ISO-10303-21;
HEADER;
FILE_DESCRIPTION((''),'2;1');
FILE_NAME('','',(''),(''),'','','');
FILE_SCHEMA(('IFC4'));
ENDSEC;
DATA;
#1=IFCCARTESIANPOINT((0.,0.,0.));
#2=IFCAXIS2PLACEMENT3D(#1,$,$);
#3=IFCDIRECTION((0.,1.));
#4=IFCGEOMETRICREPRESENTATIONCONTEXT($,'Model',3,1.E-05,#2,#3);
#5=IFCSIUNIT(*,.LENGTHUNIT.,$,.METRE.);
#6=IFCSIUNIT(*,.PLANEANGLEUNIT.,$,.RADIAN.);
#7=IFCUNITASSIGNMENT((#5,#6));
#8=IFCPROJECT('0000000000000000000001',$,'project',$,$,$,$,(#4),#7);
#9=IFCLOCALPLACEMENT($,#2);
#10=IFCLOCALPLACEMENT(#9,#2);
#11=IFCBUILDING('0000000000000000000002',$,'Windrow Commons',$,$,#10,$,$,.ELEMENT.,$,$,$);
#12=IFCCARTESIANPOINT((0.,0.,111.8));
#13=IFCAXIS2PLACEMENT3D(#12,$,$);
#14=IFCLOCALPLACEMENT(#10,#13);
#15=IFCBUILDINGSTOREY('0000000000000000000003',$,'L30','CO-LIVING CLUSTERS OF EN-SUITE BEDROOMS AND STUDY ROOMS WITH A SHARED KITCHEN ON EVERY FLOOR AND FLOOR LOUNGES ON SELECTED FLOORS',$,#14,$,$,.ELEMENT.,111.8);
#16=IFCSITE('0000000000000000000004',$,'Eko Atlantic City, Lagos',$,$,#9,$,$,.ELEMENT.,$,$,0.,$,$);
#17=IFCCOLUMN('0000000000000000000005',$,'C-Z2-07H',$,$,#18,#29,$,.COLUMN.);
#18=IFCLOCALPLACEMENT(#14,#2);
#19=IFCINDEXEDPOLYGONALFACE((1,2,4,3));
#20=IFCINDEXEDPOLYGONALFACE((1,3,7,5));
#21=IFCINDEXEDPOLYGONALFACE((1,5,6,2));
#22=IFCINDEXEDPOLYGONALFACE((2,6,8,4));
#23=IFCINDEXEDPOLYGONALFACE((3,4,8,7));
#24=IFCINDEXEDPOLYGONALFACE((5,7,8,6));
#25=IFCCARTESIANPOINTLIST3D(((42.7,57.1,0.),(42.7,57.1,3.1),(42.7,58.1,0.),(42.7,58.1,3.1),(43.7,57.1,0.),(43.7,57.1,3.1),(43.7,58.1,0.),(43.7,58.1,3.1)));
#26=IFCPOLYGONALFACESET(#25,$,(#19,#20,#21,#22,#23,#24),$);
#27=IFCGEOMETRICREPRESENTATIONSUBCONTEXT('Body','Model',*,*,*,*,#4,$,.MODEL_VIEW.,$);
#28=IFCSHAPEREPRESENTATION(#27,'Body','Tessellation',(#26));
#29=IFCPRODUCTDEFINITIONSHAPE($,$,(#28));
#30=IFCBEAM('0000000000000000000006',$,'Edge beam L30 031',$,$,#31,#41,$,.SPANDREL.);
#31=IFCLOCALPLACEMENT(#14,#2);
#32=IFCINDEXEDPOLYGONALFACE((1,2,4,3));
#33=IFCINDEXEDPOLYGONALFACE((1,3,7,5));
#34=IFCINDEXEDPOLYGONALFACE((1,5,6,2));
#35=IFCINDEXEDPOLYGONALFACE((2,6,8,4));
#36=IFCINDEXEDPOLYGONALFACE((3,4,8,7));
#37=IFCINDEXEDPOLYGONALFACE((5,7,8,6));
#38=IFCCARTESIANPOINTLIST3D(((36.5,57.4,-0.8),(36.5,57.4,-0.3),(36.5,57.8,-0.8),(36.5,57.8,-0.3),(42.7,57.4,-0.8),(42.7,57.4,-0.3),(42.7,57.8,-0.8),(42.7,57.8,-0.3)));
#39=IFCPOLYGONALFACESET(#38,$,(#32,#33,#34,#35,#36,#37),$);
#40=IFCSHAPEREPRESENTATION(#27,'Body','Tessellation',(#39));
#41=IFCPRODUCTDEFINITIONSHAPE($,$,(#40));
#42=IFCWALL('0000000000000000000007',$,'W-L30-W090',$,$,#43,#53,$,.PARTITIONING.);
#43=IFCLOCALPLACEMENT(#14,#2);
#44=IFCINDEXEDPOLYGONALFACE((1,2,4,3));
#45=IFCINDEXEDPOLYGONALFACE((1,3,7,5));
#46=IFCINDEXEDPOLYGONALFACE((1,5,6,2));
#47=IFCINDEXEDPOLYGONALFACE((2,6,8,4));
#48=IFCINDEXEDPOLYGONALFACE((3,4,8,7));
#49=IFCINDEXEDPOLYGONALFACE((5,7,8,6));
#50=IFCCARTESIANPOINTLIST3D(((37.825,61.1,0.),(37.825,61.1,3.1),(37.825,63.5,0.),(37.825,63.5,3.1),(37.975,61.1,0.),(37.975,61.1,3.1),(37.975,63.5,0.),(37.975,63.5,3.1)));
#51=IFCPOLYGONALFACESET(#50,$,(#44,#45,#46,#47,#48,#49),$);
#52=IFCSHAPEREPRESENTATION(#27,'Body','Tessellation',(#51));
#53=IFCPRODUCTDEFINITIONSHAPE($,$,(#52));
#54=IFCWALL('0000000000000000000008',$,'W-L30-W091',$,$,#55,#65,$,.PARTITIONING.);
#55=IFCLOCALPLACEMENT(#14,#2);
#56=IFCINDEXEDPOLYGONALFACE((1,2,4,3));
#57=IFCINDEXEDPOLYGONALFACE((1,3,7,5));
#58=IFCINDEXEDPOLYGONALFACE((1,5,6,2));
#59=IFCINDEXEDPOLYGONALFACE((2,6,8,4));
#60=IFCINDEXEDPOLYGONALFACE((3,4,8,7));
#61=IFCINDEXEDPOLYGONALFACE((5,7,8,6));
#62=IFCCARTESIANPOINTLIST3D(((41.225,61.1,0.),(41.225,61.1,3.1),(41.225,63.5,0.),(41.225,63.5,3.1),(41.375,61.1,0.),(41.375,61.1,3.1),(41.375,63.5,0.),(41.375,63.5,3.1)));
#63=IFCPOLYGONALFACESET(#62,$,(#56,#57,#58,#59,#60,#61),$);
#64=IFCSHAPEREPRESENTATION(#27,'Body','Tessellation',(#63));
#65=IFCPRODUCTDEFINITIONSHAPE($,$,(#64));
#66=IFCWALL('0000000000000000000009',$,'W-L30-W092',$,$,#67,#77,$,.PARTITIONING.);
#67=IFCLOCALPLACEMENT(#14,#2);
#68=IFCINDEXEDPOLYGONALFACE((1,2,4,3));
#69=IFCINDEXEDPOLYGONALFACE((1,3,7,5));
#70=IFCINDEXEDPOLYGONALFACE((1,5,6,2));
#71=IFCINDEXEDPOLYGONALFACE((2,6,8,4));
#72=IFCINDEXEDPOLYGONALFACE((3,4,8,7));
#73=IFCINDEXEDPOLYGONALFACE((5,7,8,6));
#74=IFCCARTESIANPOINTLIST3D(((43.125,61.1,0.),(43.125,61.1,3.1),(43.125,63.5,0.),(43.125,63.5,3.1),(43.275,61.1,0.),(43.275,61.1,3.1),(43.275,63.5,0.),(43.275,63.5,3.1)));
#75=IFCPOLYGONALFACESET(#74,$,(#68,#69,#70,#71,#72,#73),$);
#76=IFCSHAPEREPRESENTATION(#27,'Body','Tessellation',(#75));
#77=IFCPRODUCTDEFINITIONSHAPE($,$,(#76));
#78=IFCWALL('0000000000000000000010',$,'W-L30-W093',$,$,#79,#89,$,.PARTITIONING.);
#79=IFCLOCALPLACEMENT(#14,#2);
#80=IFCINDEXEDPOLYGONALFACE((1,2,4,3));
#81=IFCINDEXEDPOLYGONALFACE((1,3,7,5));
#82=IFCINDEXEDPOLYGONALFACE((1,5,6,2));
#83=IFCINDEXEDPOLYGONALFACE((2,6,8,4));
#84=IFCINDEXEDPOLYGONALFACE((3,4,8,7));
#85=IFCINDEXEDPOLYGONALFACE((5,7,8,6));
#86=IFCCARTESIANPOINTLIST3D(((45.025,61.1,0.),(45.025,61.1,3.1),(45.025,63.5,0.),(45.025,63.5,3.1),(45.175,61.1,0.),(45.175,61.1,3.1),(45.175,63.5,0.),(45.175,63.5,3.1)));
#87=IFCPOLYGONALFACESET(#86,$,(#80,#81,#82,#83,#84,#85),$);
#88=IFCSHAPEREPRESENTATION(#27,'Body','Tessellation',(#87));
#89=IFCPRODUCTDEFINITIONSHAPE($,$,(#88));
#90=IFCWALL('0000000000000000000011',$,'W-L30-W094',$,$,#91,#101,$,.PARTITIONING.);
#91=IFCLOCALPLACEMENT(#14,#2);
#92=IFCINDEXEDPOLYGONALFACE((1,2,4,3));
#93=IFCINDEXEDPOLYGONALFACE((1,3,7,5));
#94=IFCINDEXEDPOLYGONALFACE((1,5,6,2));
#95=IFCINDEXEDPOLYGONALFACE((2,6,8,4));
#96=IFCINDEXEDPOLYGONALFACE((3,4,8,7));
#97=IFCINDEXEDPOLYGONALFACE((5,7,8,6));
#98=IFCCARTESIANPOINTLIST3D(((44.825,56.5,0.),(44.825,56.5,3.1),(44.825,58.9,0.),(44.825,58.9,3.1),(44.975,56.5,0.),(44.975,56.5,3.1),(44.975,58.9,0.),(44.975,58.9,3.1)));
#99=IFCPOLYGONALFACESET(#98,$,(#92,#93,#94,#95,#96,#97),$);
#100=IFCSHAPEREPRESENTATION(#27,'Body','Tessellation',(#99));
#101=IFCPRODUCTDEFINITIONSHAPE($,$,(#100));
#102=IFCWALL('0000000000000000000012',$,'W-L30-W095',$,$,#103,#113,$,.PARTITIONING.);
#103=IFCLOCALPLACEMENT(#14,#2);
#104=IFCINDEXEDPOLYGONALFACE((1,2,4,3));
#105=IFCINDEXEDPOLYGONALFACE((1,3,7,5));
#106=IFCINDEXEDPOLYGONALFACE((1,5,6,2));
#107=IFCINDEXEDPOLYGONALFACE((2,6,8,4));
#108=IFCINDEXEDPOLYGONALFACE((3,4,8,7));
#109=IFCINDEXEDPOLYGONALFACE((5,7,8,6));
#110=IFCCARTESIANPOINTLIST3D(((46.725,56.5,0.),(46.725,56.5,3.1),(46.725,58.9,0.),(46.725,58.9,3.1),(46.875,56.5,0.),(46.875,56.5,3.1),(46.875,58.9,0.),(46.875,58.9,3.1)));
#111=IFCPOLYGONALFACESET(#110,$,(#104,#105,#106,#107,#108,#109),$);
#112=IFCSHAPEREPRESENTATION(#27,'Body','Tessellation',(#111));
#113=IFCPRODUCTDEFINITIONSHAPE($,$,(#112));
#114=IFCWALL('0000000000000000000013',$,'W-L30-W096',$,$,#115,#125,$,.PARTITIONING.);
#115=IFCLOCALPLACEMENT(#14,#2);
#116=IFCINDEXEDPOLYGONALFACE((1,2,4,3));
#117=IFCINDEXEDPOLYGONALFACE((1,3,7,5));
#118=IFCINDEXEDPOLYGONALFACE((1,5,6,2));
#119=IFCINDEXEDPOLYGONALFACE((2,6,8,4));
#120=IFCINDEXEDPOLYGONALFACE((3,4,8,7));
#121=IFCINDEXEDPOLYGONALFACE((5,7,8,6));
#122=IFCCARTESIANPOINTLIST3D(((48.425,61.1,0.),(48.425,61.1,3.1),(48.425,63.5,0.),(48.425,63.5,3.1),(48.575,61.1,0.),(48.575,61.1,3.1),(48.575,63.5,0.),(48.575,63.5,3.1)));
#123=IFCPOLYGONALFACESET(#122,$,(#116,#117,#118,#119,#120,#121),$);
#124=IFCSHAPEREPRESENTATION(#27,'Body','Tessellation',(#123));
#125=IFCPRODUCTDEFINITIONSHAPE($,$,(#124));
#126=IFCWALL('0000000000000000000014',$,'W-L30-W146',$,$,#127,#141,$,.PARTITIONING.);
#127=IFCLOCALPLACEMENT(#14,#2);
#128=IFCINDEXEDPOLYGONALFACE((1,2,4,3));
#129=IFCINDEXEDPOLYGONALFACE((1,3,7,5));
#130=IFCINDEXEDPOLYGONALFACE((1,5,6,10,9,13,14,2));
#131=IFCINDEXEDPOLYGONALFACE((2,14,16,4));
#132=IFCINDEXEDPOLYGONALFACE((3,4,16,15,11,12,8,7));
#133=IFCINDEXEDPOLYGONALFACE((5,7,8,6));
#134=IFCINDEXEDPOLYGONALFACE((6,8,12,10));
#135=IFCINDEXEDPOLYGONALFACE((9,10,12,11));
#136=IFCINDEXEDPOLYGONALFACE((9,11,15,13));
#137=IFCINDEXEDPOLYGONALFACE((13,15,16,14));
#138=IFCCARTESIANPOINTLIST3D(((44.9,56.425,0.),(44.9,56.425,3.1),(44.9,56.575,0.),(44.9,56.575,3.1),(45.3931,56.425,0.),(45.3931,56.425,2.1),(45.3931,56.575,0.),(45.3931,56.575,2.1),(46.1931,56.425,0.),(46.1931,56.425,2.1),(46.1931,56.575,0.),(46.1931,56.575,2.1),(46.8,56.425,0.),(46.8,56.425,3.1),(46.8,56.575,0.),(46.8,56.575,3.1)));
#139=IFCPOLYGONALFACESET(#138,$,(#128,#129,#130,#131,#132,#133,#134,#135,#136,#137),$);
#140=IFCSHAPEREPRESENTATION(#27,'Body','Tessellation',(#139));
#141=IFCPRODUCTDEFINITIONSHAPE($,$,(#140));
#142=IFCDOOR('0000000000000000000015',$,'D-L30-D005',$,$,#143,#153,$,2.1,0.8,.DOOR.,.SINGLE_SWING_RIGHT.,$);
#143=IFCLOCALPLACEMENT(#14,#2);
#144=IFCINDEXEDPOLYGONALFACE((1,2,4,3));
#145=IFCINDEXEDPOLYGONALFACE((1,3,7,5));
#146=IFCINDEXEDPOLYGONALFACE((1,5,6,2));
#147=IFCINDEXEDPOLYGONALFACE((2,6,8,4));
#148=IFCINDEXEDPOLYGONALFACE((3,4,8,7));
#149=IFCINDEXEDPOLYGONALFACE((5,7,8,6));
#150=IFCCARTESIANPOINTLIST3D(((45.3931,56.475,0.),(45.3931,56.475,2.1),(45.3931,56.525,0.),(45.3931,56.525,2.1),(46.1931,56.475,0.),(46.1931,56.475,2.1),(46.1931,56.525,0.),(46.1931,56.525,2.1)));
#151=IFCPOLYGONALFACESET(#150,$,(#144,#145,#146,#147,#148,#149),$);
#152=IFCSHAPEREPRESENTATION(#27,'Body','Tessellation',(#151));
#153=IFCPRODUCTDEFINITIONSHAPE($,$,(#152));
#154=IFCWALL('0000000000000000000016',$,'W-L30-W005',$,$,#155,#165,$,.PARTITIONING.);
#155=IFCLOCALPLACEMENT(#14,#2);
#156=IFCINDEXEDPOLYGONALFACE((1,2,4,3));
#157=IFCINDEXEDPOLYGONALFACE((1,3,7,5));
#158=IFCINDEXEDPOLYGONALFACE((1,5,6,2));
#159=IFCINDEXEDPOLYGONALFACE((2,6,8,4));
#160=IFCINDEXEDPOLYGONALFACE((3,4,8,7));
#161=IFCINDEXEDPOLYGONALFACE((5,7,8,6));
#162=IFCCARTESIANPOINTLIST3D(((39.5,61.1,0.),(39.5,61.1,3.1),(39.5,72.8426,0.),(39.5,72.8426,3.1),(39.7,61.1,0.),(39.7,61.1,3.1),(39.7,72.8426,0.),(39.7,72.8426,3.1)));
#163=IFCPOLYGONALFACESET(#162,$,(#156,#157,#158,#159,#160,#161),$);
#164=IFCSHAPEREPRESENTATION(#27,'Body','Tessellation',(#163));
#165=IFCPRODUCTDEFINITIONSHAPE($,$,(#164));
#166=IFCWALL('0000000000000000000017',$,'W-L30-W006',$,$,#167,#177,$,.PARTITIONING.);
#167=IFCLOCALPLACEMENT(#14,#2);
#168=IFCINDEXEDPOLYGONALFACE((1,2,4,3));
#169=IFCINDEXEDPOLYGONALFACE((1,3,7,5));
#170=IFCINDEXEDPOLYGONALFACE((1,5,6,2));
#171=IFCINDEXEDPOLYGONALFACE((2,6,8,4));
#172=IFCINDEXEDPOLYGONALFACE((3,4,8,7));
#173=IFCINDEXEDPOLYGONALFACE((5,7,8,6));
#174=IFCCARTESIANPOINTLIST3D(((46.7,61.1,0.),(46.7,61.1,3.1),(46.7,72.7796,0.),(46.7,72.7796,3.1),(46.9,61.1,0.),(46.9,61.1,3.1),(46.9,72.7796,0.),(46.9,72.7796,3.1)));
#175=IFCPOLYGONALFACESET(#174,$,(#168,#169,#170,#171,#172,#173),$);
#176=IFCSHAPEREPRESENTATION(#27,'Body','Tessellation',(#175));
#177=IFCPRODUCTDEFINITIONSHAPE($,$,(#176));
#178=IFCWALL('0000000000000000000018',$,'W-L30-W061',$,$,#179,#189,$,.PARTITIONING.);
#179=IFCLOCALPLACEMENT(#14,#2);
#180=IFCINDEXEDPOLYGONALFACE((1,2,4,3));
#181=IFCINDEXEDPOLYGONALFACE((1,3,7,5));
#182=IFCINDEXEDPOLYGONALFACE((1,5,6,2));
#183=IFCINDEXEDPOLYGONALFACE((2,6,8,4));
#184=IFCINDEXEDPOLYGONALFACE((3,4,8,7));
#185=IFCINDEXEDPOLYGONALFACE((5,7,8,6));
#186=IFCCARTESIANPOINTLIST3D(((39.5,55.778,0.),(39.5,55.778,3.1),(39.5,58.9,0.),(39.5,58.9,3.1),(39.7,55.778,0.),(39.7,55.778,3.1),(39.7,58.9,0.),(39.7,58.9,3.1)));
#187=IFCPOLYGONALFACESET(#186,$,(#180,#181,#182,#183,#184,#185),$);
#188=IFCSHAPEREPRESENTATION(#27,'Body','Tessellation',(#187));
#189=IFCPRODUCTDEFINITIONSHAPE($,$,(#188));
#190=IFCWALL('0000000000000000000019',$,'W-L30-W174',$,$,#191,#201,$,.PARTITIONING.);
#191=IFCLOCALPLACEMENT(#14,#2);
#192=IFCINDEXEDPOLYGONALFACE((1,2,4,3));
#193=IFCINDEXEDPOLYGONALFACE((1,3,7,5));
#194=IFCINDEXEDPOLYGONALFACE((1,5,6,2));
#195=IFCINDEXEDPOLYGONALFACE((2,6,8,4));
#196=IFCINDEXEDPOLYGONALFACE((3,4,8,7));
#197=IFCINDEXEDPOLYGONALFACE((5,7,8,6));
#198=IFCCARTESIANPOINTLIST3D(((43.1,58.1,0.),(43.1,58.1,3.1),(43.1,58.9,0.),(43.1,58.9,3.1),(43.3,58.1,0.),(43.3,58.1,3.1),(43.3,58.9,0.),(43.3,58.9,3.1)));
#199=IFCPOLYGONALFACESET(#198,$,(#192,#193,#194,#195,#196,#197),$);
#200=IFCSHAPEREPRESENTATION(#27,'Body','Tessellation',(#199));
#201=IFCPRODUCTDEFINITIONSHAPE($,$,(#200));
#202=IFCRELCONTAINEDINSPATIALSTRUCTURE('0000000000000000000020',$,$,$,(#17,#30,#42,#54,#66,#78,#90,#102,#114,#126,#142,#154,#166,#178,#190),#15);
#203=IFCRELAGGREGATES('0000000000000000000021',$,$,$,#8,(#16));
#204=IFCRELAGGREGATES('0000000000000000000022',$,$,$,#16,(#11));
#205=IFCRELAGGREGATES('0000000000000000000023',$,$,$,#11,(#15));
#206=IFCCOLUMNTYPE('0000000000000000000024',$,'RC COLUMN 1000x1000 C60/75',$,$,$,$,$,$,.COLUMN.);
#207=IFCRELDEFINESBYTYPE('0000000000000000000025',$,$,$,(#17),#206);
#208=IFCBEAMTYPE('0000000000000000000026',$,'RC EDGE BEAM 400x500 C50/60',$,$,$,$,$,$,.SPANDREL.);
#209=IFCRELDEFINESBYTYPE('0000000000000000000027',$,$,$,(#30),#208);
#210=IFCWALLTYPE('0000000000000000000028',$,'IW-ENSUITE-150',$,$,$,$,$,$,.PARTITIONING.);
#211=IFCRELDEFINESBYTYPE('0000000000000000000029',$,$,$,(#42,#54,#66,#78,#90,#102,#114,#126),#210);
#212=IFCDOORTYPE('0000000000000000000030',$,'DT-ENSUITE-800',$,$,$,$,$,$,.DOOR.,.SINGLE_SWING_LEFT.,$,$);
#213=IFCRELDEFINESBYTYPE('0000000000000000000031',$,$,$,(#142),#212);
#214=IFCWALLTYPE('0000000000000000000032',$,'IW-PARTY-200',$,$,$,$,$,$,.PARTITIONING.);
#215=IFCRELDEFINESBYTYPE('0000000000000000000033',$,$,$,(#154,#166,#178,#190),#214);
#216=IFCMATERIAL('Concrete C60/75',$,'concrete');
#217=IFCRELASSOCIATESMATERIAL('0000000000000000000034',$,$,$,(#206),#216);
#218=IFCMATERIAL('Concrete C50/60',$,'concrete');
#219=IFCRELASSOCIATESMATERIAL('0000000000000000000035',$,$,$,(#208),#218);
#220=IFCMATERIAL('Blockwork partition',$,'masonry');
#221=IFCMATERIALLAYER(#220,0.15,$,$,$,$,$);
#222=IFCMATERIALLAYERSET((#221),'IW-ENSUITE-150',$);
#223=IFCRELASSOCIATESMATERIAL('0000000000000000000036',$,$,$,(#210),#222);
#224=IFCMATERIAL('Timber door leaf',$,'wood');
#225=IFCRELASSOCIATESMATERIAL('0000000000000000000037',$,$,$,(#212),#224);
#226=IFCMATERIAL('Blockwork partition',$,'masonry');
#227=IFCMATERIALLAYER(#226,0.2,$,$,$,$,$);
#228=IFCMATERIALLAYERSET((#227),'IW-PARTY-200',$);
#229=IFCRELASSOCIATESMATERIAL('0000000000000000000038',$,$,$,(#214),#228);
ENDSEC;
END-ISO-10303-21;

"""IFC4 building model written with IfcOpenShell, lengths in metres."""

from ifc_helpers import new_model, si_unit, direction, frame, frame_2d, origin, origin_2d, place, context, subcontext, project, spatial, rectangle, extrude, material, layer, layer_set, material_profile, profile_set, type_object, element, fill, save


model = new_model("IFC4")

# Units and contexts
model_context = context("Model", 3, precision=1e-05, world=origin(), true_north=direction((0.0, 1.0)))
body_context = subcontext(model_context, "Body", "Model", "MODEL_VIEW")
ifc_project = project(units=[si_unit("LENGTHUNIT", "METRE"), si_unit("PLANEANGLEUNIT", "RADIAN")], contexts=[model_context])

# Site, building, storey
site_placement = place(None, origin())
site = spatial("IfcSite", under=ifc_project, at=site_placement, Name="Eko Atlantic City, Lagos", CompositionType="ELEMENT", RefElevation=0.0)
building_placement = place(site_placement, origin())
building = spatial("IfcBuilding", under=site, at=building_placement, Name="Windrow Commons", CompositionType="ELEMENT")
storey_placement = place(building_placement, frame((0.0, 0.0, 111.8)))
storey = spatial("IfcBuildingStorey", under=building, at=storey_placement, Name="L30", Description="CO-LIVING CLUSTERS OF EN-SUITE BEDROOMS AND STUDY ROOMS WITH A SHARED KITCHEN ON EVERY FLOOR AND FLOOR LOUNGES ON SELECTED FLOORS", CompositionType="ELEMENT", Elevation=111.8)

# Column
ifc_material_1 = material(Name="Concrete C60/75", Category="concrete")
ifc_material_profile_1 = material_profile(ifc_material_1, rectangle(XDim=1.0, YDim=1.0, at=origin_2d()))
ifc_profile_set_1 = profile_set([ifc_material_profile_1], Name="Concrete C60/75")
column_type = type_object("IfcColumnType", Name="RC COLUMN 1000x1000 C60/75", PredefinedType="COLUMN", material=ifc_profile_set_1)
column_placement = place(storey_placement, frame((43.2, 57.6, 0.0), z_axis=(0.0, 0.0, 1.0), x_axis=(1.0, 0.0, 0.0)))
element("IfcColumn", 1, at=column_placement, inside=storey, type_object=column_type, Name="C-Z2-07H", PredefinedType="COLUMN", context=body_context, shape_type="SweptSolid", body=[
    extrude(rectangle(XDim=1.0, YDim=1.0, at=origin_2d()), origin(), (0.0, 0.0, 1.0), 3.1),
])

# Beam
ifc_material_2 = material(Name="Concrete C50/60", Category="concrete")
ifc_material_profile_2 = material_profile(ifc_material_2, rectangle(XDim=0.4, YDim=0.5, at=origin_2d()))
ifc_profile_set_2 = profile_set([ifc_material_profile_2], Name="Concrete C50/60")
beam_type = type_object("IfcBeamType", Name="RC EDGE BEAM 400x500 C50/60", PredefinedType="SPANDREL", material=ifc_profile_set_2)
beam_placement = place(storey_placement, frame((42.7, 57.6, -0.55), z_axis=(-1.0, 0.0, 0.0), x_axis=(0.0, -1.0, 0.0)))
element("IfcBeam", 2, at=beam_placement, inside=storey, type_object=beam_type, Name="Edge beam L30 031", PredefinedType="SPANDREL", context=body_context, shape_type="SweptSolid", body=[
    extrude(rectangle(XDim=0.4, YDim=0.5, at=origin_2d()), origin(), (0.0, 0.0, 1.0), 6.2),
])

# Walls
ifc_material_3 = material(Name="Blockwork partition", Category="masonry")
ifc_layer_1 = layer(ifc_material_3, 0.15)
ifc_layer_set_1 = layer_set([ifc_layer_1], Name="IW-ENSUITE-150")
wall_type_1 = type_object("IfcWallType", Name="IW-ENSUITE-150", PredefinedType="PARTITIONING", material=ifc_layer_set_1)
for number, where, z_axis, x_axis, name in (
    (3, (37.9, 61.1, 0.0), (0.0, 0.0, 1.0), (0.0, 1.0, 0.0), "W-L30-W090"),
    (4, (41.3, 61.1, 0.0), (0.0, 0.0, 1.0), (0.0, 1.0, 0.0), "W-L30-W091"),
    (5, (43.2, 61.1, 0.0), (0.0, 0.0, 1.0), (0.0, 1.0, 0.0), "W-L30-W092"),
    (6, (45.1, 61.1, 0.0), (0.0, 0.0, 1.0), (0.0, 1.0, 0.0), "W-L30-W093"),
    (7, (44.9, 56.5, 0.0), (0.0, 0.0, 1.0), (0.0, 1.0, 0.0), "W-L30-W094"),
    (8, (46.8, 56.5, 0.0), (0.0, 0.0, 1.0), (0.0, 1.0, 0.0), "W-L30-W095"),
    (9, (48.5, 61.1, 0.0), (0.0, 0.0, 1.0), (0.0, 1.0, 0.0), "W-L30-W096"),
):
    element("IfcWall", number, at=place(storey_placement, frame(where, z_axis=z_axis, x_axis=x_axis)), inside=storey, type_object=wall_type_1, Name=name, PredefinedType="PARTITIONING", context=body_context, shape_type="SweptSolid", body=[
        extrude(rectangle(XDim=2.4, YDim=0.15, at=frame_2d((1.2, 0.0))), origin(), (0.0, 0.0, 1.0), 3.1),
    ])

# Wall, opening, door
wall_1_placement = place(storey_placement, frame((44.9, 56.5, 0.0), z_axis=(0.0, 0.0, 1.0), x_axis=(1.0, 0.0, 0.0)))
wall_1 = element("IfcWall", 10, at=wall_1_placement, inside=storey, type_object=wall_type_1, Name="W-L30-W146", PredefinedType="PARTITIONING", context=body_context, shape_type="SweptSolid", body=[
    extrude(rectangle(XDim=1.9, YDim=0.15, at=frame_2d((0.95, 0.0))), origin(), (0.0, 0.0, 1.0), 3.1),
])
opening_placement = place(wall_1_placement, frame((0.4931, 0.0, 0.0)))
opening = element("IfcOpeningElement", 11, at=opening_placement, cuts=wall_1, PredefinedType="OPENING", context=body_context, shape_type="SweptSolid", body=[
    extrude(rectangle(XDim=0.8, YDim=2.1, at=frame_2d((0.4, 1.05))), frame((0.0, 0.085, 0.0), z_axis=(0.0, -1.0, 0.0), x_axis=(1.0, 0.0, 0.0)), (0.0, 0.0, 1.0), 0.17),
])
ifc_material_4 = material(Name="Timber door leaf", Category="wood")
door_type = type_object("IfcDoorType", Name="DT-ENSUITE-800", OperationType="SINGLE_SWING_LEFT", PredefinedType="DOOR", material=ifc_material_4)
door_placement = place(opening_placement, origin())
door = element("IfcDoor", 12, at=door_placement, inside=storey, type_object=door_type, Name="D-L30-D005", OperationType="SINGLE_SWING_RIGHT", OverallHeight=2.1, OverallWidth=0.8, PredefinedType="DOOR", context=body_context, shape_type="SweptSolid", body=[
    extrude(rectangle(XDim=0.8, YDim=2.1, at=frame_2d((0.4, 1.05))), frame((0.0, 0.025, 0.0), z_axis=(0.0, -1.0, 0.0), x_axis=(1.0, 0.0, 0.0)), (0.0, 0.0, 1.0), 0.05),
])
fill(opening, door)

# Walls
ifc_material_5 = material(Name="Blockwork partition", Category="masonry")
ifc_layer_2 = layer(ifc_material_5, 0.2)
ifc_layer_set_2 = layer_set([ifc_layer_2], Name="IW-PARTY-200")
wall_type_2 = type_object("IfcWallType", Name="IW-PARTY-200", PredefinedType="PARTITIONING", material=ifc_layer_set_2)
wall_2_placement = place(storey_placement, frame((39.6, 61.1, 0.0), z_axis=(0.0, 0.0, 1.0), x_axis=(0.0, 1.0, 0.0)))
element("IfcWall", 13, at=wall_2_placement, inside=storey, type_object=wall_type_2, Name="W-L30-W005", PredefinedType="PARTITIONING", context=body_context, shape_type="SweptSolid", body=[
    extrude(rectangle(XDim=11.7426, YDim=0.2, at=frame_2d((5.8713, 0.0))), origin(), (0.0, 0.0, 1.0), 3.1),
])
wall_3_placement = place(storey_placement, frame((46.8, 61.1, 0.0), z_axis=(0.0, 0.0, 1.0), x_axis=(0.0, 1.0, 0.0)))
element("IfcWall", 14, at=wall_3_placement, inside=storey, type_object=wall_type_2, Name="W-L30-W006", PredefinedType="PARTITIONING", context=body_context, shape_type="SweptSolid", body=[
    extrude(rectangle(XDim=11.6796, YDim=0.2, at=frame_2d((5.8398, 0.0))), origin(), (0.0, 0.0, 1.0), 3.1),
])
wall_4_placement = place(storey_placement, frame((39.6, 55.778, 0.0), z_axis=(0.0, 0.0, 1.0), x_axis=(0.0, 1.0, 0.0)))
element("IfcWall", 15, at=wall_4_placement, inside=storey, type_object=wall_type_2, Name="W-L30-W061", PredefinedType="PARTITIONING", context=body_context, shape_type="SweptSolid", body=[
    extrude(rectangle(XDim=3.122, YDim=0.2, at=frame_2d((1.561, 0.0))), origin(), (0.0, 0.0, 1.0), 3.1),
])
wall_5_placement = place(storey_placement, frame((43.2, 58.1, 0.0), z_axis=(0.0, 0.0, 1.0), x_axis=(0.0, 1.0, 0.0)))
element("IfcWall", 16, at=wall_5_placement, inside=storey, type_object=wall_type_2, Name="W-L30-W174", PredefinedType="PARTITIONING", context=body_context, shape_type="SweptSolid", body=[
    extrude(rectangle(XDim=0.8, YDim=0.2, at=frame_2d((0.4, 0.0))), origin(), (0.0, 0.0, 1.0), 3.1),
])

save(model, "model.ifc")
